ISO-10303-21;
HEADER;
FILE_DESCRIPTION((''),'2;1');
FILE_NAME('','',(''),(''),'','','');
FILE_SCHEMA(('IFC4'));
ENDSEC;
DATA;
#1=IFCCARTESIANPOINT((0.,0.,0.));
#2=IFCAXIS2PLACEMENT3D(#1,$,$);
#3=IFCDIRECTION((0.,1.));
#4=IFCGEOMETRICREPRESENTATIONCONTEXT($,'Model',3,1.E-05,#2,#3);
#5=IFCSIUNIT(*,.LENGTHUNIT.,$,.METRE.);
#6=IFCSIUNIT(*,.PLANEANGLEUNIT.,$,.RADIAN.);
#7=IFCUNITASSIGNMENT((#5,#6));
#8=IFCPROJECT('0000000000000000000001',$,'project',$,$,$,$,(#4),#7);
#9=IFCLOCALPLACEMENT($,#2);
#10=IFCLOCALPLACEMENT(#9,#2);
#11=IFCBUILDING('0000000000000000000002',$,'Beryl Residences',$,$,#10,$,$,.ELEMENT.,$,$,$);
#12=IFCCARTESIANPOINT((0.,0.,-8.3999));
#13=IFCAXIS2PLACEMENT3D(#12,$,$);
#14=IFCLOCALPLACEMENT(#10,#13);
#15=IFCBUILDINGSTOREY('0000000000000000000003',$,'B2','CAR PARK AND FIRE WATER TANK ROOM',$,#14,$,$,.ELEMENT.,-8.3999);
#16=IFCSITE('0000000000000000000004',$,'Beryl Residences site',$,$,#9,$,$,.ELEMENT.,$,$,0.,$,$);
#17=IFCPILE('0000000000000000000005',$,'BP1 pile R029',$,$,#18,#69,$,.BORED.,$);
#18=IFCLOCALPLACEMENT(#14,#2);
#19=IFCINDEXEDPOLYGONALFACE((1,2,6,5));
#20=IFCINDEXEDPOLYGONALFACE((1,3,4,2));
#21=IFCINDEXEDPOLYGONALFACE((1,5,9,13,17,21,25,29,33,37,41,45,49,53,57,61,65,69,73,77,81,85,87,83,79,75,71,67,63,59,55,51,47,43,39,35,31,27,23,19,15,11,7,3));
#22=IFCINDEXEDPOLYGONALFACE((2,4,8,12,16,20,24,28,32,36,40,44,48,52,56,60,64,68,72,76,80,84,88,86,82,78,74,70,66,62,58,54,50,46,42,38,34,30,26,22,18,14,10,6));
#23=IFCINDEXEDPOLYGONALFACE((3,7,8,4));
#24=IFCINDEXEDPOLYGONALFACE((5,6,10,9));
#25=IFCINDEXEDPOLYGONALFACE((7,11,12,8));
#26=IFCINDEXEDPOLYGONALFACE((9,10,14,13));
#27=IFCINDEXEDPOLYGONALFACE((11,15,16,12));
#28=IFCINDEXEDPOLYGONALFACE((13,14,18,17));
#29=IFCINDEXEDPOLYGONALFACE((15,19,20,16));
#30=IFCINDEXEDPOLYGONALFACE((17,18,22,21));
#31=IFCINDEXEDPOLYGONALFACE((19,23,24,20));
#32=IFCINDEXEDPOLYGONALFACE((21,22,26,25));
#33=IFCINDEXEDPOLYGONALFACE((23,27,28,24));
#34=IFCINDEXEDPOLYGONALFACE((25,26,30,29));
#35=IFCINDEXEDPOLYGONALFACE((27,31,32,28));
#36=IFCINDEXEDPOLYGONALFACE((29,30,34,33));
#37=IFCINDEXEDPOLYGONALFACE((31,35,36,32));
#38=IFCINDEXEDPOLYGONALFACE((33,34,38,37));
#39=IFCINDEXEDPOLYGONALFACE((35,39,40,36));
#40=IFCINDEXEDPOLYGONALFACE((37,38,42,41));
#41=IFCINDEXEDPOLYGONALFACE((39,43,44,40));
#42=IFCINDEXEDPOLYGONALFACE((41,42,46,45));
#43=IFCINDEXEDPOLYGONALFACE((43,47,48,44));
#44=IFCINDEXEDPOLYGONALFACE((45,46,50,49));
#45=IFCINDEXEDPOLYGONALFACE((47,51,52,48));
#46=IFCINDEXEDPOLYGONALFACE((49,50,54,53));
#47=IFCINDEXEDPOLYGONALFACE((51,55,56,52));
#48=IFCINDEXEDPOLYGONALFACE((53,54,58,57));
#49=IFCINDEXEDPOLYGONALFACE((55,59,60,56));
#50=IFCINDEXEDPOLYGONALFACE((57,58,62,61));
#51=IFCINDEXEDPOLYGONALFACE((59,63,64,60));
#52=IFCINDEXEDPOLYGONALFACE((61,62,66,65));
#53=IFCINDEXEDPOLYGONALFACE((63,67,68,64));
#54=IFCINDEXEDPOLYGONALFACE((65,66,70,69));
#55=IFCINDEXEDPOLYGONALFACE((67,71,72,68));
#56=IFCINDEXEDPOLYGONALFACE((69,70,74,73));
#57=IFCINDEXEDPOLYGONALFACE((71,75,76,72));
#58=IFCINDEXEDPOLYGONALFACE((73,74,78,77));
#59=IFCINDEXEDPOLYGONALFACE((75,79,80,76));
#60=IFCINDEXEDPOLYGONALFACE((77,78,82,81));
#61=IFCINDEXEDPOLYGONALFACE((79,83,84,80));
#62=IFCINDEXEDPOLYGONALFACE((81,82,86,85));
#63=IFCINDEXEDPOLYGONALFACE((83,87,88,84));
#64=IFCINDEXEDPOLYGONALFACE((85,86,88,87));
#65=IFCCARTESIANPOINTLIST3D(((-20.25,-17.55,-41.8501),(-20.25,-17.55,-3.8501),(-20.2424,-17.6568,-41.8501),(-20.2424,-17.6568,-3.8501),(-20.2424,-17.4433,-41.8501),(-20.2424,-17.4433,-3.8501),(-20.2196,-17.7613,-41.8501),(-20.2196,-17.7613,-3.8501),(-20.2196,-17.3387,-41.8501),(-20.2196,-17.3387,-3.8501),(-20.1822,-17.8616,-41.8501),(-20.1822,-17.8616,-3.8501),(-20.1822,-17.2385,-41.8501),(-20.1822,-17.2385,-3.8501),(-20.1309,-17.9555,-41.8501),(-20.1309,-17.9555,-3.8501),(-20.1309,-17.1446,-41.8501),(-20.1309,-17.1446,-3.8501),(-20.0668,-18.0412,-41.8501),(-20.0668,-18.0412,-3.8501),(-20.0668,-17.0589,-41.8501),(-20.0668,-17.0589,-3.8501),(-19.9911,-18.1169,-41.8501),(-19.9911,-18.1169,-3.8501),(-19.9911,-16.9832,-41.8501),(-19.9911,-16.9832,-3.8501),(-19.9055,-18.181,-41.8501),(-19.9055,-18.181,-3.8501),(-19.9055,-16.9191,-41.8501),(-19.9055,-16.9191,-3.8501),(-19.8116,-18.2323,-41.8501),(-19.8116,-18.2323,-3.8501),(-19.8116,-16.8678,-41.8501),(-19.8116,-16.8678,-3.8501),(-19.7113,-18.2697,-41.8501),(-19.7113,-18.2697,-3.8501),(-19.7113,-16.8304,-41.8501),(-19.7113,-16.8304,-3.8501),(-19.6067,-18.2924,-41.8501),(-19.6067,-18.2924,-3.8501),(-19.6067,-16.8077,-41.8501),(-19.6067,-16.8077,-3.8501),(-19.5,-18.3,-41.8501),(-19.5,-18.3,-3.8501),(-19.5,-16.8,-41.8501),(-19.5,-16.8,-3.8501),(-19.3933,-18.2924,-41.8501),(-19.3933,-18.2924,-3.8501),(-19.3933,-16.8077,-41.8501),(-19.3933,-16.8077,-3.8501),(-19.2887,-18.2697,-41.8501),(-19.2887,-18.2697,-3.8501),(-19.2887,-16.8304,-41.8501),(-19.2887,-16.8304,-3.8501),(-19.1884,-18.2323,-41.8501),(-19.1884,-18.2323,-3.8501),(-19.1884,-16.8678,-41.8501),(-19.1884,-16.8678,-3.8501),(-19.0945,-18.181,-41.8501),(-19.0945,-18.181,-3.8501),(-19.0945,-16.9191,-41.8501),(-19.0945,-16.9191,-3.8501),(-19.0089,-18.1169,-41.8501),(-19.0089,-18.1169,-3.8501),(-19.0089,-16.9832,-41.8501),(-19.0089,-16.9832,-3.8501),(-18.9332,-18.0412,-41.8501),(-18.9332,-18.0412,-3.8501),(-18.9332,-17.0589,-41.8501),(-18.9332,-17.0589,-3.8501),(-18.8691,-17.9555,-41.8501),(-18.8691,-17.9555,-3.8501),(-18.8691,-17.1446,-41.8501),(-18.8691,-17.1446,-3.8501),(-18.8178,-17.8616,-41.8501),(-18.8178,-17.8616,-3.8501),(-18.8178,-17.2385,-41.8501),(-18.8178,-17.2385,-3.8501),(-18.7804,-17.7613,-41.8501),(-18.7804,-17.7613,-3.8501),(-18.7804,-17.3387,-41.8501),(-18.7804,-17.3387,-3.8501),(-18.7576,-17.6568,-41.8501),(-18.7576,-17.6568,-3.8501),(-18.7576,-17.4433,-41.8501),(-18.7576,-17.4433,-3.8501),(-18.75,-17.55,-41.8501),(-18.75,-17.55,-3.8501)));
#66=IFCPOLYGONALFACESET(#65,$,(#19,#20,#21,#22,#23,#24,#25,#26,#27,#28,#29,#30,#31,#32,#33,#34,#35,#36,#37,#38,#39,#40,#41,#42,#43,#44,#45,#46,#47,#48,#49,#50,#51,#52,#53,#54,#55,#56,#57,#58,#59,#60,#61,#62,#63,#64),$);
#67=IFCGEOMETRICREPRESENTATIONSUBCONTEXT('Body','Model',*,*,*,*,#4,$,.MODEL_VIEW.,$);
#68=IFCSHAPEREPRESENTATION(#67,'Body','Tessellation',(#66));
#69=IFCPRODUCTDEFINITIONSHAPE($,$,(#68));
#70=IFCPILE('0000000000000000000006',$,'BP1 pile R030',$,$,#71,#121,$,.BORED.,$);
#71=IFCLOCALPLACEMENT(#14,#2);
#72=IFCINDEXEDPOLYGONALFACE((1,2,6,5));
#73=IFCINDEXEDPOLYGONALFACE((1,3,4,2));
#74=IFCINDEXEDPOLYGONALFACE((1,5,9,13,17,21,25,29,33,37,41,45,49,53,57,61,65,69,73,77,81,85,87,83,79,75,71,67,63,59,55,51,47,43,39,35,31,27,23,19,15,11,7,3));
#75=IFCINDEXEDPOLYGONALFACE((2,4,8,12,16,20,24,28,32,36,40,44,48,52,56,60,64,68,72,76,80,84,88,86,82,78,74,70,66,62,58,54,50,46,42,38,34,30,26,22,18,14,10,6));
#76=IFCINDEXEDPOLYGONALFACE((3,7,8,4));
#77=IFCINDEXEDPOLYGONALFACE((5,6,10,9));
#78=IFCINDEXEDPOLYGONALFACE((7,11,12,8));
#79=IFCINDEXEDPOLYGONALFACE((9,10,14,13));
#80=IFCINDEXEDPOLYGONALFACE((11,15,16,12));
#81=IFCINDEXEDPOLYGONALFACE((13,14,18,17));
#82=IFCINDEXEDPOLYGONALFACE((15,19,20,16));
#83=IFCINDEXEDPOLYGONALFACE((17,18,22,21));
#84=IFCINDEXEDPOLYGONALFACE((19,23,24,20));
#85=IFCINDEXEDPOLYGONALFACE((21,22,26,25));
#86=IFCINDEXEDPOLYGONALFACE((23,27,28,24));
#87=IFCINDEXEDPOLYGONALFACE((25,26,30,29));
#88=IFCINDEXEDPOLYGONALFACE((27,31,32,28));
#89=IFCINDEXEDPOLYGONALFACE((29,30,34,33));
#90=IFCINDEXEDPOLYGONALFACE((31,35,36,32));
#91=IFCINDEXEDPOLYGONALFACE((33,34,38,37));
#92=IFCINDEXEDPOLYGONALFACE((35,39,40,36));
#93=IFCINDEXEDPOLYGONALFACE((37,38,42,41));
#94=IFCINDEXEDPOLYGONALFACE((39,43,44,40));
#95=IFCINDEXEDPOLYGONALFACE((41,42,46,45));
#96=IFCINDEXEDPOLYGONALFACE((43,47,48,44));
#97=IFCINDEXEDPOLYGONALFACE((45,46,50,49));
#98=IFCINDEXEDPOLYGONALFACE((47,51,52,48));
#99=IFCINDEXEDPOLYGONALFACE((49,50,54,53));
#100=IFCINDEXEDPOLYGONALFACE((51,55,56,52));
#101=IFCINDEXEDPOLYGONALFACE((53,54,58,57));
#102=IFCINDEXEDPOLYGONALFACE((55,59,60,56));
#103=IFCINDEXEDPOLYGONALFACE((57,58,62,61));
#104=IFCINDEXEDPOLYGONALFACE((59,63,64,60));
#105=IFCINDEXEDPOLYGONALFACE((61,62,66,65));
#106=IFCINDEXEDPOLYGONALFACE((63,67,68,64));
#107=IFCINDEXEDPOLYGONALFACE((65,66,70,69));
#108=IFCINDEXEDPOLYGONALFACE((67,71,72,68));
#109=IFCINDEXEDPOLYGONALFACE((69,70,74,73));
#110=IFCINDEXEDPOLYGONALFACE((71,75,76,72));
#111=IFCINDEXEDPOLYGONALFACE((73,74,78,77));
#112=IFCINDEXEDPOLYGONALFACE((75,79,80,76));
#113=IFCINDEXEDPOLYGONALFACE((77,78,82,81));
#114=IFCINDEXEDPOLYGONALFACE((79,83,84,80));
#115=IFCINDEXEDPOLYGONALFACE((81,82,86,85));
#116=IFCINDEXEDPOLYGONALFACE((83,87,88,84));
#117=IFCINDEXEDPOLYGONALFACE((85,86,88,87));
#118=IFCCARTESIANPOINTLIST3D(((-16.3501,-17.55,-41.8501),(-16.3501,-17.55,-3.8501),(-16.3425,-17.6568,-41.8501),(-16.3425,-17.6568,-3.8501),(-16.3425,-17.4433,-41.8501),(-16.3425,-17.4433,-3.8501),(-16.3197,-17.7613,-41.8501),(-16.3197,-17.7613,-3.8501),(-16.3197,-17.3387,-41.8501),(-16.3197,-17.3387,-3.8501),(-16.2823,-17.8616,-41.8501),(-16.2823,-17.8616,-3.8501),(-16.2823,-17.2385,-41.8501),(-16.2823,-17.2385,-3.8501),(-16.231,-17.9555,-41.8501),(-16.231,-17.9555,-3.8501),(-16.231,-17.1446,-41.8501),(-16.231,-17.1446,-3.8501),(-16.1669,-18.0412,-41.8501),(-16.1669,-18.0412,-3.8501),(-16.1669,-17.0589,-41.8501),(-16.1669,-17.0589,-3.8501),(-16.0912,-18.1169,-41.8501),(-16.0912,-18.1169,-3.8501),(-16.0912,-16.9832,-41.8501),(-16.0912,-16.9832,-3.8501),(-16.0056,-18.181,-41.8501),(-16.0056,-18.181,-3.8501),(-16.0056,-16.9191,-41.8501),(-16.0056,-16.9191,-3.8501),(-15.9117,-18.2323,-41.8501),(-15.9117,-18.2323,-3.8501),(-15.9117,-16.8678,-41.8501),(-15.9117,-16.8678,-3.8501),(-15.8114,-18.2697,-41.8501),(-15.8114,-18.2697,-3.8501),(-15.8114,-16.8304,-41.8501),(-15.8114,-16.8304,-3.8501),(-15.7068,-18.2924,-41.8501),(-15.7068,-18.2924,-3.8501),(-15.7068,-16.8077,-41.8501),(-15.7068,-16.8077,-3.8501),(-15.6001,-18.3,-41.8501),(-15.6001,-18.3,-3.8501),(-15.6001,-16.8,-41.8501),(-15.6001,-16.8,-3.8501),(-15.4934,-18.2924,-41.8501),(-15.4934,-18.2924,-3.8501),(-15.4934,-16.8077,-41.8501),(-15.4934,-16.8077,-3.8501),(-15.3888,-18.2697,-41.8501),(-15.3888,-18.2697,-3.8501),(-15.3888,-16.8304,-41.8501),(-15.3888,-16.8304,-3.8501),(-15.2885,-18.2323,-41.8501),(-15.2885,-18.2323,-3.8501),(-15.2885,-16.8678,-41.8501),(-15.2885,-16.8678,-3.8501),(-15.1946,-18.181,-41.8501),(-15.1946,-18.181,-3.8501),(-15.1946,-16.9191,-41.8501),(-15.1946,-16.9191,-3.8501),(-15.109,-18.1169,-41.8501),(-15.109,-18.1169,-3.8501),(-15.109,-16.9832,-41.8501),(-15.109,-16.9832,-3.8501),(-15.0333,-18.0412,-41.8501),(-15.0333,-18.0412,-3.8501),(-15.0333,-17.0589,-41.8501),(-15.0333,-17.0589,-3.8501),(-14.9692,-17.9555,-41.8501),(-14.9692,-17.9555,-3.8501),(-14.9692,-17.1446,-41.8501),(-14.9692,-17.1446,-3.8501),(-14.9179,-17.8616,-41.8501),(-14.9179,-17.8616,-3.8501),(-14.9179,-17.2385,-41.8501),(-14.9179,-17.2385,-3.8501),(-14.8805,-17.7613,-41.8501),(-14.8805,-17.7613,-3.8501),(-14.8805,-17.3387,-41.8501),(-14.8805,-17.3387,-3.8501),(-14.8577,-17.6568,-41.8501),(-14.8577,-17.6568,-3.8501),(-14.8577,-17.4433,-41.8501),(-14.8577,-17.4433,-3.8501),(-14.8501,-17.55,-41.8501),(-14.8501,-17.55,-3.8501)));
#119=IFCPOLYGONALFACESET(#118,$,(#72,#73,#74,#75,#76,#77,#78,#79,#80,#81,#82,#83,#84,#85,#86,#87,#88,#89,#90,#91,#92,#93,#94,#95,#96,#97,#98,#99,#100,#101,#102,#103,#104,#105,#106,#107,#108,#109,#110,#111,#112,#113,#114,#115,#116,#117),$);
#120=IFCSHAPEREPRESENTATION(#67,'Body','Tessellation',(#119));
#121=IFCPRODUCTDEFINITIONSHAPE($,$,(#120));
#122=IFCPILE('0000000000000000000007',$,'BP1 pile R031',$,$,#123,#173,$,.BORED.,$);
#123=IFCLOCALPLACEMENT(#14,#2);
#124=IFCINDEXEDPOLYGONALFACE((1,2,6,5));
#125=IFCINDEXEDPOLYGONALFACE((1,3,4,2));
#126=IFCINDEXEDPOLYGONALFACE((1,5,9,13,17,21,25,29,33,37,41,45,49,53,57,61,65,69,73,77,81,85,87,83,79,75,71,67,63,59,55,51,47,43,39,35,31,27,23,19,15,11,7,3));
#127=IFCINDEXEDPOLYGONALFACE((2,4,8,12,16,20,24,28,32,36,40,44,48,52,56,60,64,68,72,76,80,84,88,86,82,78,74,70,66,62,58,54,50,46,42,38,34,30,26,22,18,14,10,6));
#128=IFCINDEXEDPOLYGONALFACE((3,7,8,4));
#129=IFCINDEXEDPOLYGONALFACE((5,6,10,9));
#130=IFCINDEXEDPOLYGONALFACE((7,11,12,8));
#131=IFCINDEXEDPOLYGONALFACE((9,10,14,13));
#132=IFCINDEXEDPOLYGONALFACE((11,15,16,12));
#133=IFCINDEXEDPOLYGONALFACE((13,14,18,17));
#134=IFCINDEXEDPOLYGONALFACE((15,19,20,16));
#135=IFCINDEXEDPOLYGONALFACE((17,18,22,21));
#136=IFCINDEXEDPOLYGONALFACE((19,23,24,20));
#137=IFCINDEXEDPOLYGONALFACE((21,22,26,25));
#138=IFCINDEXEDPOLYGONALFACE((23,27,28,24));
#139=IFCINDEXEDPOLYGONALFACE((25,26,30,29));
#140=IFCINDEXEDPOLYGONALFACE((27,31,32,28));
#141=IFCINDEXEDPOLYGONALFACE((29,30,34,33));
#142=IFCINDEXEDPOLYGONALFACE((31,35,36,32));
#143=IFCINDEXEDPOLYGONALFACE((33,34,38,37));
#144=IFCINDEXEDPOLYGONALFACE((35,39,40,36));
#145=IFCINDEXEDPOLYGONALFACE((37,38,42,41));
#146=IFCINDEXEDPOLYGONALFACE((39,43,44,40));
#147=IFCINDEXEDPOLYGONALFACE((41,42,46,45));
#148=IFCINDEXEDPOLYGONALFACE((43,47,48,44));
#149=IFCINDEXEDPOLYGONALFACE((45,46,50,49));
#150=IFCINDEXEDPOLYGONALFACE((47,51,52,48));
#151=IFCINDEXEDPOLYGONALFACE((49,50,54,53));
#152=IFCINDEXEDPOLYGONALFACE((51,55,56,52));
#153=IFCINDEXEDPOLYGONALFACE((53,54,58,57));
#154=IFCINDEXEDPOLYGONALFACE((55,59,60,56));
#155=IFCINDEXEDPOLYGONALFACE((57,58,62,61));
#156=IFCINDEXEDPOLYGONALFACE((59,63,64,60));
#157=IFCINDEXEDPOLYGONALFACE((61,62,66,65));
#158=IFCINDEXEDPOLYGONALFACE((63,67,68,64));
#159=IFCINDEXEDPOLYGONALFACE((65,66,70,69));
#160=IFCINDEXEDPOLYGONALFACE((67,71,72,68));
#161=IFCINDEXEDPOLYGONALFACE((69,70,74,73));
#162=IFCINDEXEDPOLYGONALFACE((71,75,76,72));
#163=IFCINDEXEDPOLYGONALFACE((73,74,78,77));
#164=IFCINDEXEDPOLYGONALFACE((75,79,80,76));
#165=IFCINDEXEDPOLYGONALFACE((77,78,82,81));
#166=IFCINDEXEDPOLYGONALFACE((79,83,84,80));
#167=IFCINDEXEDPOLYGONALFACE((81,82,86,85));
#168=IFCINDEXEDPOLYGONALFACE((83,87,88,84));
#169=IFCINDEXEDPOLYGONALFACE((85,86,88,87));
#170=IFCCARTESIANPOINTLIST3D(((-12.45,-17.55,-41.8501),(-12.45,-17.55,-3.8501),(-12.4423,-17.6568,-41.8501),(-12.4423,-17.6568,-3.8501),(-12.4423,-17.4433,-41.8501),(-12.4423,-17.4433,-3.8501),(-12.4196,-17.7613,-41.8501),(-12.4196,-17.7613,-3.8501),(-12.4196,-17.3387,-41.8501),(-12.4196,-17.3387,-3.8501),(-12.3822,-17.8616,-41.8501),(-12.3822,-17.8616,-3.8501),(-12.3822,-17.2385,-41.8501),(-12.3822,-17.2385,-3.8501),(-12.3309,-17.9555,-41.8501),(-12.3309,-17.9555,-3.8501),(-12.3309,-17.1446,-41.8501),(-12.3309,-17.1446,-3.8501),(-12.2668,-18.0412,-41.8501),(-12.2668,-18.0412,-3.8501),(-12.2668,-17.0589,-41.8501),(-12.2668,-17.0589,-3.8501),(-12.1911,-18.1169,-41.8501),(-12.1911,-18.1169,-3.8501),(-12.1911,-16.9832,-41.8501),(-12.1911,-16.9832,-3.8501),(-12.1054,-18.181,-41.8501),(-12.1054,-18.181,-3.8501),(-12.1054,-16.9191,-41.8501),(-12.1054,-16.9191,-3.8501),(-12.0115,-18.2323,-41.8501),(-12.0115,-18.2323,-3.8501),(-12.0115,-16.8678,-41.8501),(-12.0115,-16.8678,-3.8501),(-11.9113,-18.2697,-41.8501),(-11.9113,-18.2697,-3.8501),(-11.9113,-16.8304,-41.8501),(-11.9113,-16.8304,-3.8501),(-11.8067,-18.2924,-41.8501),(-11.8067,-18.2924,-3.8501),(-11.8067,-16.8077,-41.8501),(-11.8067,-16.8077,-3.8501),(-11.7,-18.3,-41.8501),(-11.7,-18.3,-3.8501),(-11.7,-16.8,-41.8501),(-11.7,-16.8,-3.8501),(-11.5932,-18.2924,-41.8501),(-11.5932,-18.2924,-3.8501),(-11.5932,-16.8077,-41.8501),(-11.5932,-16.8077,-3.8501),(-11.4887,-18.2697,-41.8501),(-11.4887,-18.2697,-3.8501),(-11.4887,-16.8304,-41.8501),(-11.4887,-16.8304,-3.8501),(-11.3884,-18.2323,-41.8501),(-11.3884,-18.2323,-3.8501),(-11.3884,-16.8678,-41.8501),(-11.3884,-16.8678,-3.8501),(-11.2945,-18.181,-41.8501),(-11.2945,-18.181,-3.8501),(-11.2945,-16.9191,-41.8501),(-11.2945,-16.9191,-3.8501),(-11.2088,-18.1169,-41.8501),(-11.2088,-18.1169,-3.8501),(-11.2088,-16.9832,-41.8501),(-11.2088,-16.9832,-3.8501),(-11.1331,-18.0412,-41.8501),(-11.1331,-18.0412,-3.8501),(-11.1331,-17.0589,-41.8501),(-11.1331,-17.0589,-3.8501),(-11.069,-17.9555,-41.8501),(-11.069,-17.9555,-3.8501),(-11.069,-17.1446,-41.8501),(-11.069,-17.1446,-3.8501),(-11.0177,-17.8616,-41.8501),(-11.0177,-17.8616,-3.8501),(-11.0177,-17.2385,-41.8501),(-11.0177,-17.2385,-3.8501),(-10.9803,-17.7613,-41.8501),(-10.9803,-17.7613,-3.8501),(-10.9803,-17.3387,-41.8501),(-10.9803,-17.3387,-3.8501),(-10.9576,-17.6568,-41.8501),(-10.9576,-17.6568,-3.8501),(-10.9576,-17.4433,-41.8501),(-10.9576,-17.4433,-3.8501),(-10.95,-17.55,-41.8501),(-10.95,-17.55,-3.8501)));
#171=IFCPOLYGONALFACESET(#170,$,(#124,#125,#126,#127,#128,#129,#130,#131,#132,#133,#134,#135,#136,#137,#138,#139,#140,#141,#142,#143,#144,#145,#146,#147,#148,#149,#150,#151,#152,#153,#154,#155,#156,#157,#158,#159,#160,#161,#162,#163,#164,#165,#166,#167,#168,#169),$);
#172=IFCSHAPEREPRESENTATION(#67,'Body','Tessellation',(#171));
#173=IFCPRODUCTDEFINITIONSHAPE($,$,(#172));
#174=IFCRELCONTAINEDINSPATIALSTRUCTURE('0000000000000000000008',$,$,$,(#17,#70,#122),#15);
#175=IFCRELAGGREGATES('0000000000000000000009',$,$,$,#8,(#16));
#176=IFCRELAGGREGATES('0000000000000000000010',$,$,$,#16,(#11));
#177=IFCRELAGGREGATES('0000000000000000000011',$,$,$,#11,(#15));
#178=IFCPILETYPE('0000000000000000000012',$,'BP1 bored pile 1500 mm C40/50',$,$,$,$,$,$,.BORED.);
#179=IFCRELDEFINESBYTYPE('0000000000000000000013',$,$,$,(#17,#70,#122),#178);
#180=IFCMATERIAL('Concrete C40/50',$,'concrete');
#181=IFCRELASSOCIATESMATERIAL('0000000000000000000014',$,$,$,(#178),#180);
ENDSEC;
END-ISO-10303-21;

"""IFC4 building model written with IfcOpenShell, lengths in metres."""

from ifc_helpers import new_model, si_unit, direction, frame, origin, origin_2d, place, context, subcontext, project, spatial, circle, extrude, material, material_profile, profile_set, type_object, element, save


model = new_model("IFC4")

# Units and contexts
model_context = context("Model", 3, precision=1e-05, world=origin(), true_north=direction((0.0, 1.0)))
body_context = subcontext(model_context, "Body", "Model", "MODEL_VIEW")
ifc_project = project(units=[si_unit("LENGTHUNIT", "METRE"), si_unit("PLANEANGLEUNIT", "RADIAN")], contexts=[model_context])

# Site, building, storey
site_placement = place(None, origin())
site = spatial("IfcSite", under=ifc_project, at=site_placement, Name="Beryl Residences site", CompositionType="ELEMENT", RefElevation=0.0)
building_placement = place(site_placement, origin())
building = spatial("IfcBuilding", under=site, at=building_placement, Name="Beryl Residences", CompositionType="ELEMENT")
storey_placement = place(building_placement, frame((0.0, 0.0, -8.3999)))
storey = spatial("IfcBuildingStorey", under=building, at=storey_placement, Name="B2", Description="CAR PARK AND FIRE WATER TANK ROOM", CompositionType="ELEMENT", Elevation=-8.3999)

# Piles
ifc_material_1 = material(Name="Concrete C40/50", Category="concrete")
ifc_material_profile_1 = material_profile(ifc_material_1, circle(Radius=0.75, at=origin_2d()))
ifc_profile_set_1 = profile_set([ifc_material_profile_1], Name="Concrete C40/50")
pile_type_1 = type_object("IfcPileType", Name="BP1 bored pile 1500 mm C40/50", PredefinedType="BORED", material=ifc_profile_set_1)
for number, where, z_axis, x_axis, name in (
    (1, (-19.5, -17.55, -3.8501), (0.0, 0.0, -1.0), (1.0, 0.0, 0.0), "BP1 pile R029"),
    (2, (-15.6001, -17.55, -3.8501), (0.0, 0.0, -1.0), (1.0, 0.0, 0.0), "BP1 pile R030"),
    (3, (-11.7, -17.55, -3.8501), (0.0, 0.0, -1.0), (1.0, 0.0, 0.0), "BP1 pile R031"),
):
    element("IfcPile", number, at=place(storey_placement, frame(where, z_axis=z_axis, x_axis=x_axis)), inside=storey, type_object=pile_type_1, Name=name, PredefinedType="BORED", context=body_context, shape_type="SweptSolid", body=[
        extrude(circle(Radius=0.75, at=origin_2d()), origin(), (0.0, 0.0, 1.0), 38.0),
    ])

save(model, "model.ifc")
